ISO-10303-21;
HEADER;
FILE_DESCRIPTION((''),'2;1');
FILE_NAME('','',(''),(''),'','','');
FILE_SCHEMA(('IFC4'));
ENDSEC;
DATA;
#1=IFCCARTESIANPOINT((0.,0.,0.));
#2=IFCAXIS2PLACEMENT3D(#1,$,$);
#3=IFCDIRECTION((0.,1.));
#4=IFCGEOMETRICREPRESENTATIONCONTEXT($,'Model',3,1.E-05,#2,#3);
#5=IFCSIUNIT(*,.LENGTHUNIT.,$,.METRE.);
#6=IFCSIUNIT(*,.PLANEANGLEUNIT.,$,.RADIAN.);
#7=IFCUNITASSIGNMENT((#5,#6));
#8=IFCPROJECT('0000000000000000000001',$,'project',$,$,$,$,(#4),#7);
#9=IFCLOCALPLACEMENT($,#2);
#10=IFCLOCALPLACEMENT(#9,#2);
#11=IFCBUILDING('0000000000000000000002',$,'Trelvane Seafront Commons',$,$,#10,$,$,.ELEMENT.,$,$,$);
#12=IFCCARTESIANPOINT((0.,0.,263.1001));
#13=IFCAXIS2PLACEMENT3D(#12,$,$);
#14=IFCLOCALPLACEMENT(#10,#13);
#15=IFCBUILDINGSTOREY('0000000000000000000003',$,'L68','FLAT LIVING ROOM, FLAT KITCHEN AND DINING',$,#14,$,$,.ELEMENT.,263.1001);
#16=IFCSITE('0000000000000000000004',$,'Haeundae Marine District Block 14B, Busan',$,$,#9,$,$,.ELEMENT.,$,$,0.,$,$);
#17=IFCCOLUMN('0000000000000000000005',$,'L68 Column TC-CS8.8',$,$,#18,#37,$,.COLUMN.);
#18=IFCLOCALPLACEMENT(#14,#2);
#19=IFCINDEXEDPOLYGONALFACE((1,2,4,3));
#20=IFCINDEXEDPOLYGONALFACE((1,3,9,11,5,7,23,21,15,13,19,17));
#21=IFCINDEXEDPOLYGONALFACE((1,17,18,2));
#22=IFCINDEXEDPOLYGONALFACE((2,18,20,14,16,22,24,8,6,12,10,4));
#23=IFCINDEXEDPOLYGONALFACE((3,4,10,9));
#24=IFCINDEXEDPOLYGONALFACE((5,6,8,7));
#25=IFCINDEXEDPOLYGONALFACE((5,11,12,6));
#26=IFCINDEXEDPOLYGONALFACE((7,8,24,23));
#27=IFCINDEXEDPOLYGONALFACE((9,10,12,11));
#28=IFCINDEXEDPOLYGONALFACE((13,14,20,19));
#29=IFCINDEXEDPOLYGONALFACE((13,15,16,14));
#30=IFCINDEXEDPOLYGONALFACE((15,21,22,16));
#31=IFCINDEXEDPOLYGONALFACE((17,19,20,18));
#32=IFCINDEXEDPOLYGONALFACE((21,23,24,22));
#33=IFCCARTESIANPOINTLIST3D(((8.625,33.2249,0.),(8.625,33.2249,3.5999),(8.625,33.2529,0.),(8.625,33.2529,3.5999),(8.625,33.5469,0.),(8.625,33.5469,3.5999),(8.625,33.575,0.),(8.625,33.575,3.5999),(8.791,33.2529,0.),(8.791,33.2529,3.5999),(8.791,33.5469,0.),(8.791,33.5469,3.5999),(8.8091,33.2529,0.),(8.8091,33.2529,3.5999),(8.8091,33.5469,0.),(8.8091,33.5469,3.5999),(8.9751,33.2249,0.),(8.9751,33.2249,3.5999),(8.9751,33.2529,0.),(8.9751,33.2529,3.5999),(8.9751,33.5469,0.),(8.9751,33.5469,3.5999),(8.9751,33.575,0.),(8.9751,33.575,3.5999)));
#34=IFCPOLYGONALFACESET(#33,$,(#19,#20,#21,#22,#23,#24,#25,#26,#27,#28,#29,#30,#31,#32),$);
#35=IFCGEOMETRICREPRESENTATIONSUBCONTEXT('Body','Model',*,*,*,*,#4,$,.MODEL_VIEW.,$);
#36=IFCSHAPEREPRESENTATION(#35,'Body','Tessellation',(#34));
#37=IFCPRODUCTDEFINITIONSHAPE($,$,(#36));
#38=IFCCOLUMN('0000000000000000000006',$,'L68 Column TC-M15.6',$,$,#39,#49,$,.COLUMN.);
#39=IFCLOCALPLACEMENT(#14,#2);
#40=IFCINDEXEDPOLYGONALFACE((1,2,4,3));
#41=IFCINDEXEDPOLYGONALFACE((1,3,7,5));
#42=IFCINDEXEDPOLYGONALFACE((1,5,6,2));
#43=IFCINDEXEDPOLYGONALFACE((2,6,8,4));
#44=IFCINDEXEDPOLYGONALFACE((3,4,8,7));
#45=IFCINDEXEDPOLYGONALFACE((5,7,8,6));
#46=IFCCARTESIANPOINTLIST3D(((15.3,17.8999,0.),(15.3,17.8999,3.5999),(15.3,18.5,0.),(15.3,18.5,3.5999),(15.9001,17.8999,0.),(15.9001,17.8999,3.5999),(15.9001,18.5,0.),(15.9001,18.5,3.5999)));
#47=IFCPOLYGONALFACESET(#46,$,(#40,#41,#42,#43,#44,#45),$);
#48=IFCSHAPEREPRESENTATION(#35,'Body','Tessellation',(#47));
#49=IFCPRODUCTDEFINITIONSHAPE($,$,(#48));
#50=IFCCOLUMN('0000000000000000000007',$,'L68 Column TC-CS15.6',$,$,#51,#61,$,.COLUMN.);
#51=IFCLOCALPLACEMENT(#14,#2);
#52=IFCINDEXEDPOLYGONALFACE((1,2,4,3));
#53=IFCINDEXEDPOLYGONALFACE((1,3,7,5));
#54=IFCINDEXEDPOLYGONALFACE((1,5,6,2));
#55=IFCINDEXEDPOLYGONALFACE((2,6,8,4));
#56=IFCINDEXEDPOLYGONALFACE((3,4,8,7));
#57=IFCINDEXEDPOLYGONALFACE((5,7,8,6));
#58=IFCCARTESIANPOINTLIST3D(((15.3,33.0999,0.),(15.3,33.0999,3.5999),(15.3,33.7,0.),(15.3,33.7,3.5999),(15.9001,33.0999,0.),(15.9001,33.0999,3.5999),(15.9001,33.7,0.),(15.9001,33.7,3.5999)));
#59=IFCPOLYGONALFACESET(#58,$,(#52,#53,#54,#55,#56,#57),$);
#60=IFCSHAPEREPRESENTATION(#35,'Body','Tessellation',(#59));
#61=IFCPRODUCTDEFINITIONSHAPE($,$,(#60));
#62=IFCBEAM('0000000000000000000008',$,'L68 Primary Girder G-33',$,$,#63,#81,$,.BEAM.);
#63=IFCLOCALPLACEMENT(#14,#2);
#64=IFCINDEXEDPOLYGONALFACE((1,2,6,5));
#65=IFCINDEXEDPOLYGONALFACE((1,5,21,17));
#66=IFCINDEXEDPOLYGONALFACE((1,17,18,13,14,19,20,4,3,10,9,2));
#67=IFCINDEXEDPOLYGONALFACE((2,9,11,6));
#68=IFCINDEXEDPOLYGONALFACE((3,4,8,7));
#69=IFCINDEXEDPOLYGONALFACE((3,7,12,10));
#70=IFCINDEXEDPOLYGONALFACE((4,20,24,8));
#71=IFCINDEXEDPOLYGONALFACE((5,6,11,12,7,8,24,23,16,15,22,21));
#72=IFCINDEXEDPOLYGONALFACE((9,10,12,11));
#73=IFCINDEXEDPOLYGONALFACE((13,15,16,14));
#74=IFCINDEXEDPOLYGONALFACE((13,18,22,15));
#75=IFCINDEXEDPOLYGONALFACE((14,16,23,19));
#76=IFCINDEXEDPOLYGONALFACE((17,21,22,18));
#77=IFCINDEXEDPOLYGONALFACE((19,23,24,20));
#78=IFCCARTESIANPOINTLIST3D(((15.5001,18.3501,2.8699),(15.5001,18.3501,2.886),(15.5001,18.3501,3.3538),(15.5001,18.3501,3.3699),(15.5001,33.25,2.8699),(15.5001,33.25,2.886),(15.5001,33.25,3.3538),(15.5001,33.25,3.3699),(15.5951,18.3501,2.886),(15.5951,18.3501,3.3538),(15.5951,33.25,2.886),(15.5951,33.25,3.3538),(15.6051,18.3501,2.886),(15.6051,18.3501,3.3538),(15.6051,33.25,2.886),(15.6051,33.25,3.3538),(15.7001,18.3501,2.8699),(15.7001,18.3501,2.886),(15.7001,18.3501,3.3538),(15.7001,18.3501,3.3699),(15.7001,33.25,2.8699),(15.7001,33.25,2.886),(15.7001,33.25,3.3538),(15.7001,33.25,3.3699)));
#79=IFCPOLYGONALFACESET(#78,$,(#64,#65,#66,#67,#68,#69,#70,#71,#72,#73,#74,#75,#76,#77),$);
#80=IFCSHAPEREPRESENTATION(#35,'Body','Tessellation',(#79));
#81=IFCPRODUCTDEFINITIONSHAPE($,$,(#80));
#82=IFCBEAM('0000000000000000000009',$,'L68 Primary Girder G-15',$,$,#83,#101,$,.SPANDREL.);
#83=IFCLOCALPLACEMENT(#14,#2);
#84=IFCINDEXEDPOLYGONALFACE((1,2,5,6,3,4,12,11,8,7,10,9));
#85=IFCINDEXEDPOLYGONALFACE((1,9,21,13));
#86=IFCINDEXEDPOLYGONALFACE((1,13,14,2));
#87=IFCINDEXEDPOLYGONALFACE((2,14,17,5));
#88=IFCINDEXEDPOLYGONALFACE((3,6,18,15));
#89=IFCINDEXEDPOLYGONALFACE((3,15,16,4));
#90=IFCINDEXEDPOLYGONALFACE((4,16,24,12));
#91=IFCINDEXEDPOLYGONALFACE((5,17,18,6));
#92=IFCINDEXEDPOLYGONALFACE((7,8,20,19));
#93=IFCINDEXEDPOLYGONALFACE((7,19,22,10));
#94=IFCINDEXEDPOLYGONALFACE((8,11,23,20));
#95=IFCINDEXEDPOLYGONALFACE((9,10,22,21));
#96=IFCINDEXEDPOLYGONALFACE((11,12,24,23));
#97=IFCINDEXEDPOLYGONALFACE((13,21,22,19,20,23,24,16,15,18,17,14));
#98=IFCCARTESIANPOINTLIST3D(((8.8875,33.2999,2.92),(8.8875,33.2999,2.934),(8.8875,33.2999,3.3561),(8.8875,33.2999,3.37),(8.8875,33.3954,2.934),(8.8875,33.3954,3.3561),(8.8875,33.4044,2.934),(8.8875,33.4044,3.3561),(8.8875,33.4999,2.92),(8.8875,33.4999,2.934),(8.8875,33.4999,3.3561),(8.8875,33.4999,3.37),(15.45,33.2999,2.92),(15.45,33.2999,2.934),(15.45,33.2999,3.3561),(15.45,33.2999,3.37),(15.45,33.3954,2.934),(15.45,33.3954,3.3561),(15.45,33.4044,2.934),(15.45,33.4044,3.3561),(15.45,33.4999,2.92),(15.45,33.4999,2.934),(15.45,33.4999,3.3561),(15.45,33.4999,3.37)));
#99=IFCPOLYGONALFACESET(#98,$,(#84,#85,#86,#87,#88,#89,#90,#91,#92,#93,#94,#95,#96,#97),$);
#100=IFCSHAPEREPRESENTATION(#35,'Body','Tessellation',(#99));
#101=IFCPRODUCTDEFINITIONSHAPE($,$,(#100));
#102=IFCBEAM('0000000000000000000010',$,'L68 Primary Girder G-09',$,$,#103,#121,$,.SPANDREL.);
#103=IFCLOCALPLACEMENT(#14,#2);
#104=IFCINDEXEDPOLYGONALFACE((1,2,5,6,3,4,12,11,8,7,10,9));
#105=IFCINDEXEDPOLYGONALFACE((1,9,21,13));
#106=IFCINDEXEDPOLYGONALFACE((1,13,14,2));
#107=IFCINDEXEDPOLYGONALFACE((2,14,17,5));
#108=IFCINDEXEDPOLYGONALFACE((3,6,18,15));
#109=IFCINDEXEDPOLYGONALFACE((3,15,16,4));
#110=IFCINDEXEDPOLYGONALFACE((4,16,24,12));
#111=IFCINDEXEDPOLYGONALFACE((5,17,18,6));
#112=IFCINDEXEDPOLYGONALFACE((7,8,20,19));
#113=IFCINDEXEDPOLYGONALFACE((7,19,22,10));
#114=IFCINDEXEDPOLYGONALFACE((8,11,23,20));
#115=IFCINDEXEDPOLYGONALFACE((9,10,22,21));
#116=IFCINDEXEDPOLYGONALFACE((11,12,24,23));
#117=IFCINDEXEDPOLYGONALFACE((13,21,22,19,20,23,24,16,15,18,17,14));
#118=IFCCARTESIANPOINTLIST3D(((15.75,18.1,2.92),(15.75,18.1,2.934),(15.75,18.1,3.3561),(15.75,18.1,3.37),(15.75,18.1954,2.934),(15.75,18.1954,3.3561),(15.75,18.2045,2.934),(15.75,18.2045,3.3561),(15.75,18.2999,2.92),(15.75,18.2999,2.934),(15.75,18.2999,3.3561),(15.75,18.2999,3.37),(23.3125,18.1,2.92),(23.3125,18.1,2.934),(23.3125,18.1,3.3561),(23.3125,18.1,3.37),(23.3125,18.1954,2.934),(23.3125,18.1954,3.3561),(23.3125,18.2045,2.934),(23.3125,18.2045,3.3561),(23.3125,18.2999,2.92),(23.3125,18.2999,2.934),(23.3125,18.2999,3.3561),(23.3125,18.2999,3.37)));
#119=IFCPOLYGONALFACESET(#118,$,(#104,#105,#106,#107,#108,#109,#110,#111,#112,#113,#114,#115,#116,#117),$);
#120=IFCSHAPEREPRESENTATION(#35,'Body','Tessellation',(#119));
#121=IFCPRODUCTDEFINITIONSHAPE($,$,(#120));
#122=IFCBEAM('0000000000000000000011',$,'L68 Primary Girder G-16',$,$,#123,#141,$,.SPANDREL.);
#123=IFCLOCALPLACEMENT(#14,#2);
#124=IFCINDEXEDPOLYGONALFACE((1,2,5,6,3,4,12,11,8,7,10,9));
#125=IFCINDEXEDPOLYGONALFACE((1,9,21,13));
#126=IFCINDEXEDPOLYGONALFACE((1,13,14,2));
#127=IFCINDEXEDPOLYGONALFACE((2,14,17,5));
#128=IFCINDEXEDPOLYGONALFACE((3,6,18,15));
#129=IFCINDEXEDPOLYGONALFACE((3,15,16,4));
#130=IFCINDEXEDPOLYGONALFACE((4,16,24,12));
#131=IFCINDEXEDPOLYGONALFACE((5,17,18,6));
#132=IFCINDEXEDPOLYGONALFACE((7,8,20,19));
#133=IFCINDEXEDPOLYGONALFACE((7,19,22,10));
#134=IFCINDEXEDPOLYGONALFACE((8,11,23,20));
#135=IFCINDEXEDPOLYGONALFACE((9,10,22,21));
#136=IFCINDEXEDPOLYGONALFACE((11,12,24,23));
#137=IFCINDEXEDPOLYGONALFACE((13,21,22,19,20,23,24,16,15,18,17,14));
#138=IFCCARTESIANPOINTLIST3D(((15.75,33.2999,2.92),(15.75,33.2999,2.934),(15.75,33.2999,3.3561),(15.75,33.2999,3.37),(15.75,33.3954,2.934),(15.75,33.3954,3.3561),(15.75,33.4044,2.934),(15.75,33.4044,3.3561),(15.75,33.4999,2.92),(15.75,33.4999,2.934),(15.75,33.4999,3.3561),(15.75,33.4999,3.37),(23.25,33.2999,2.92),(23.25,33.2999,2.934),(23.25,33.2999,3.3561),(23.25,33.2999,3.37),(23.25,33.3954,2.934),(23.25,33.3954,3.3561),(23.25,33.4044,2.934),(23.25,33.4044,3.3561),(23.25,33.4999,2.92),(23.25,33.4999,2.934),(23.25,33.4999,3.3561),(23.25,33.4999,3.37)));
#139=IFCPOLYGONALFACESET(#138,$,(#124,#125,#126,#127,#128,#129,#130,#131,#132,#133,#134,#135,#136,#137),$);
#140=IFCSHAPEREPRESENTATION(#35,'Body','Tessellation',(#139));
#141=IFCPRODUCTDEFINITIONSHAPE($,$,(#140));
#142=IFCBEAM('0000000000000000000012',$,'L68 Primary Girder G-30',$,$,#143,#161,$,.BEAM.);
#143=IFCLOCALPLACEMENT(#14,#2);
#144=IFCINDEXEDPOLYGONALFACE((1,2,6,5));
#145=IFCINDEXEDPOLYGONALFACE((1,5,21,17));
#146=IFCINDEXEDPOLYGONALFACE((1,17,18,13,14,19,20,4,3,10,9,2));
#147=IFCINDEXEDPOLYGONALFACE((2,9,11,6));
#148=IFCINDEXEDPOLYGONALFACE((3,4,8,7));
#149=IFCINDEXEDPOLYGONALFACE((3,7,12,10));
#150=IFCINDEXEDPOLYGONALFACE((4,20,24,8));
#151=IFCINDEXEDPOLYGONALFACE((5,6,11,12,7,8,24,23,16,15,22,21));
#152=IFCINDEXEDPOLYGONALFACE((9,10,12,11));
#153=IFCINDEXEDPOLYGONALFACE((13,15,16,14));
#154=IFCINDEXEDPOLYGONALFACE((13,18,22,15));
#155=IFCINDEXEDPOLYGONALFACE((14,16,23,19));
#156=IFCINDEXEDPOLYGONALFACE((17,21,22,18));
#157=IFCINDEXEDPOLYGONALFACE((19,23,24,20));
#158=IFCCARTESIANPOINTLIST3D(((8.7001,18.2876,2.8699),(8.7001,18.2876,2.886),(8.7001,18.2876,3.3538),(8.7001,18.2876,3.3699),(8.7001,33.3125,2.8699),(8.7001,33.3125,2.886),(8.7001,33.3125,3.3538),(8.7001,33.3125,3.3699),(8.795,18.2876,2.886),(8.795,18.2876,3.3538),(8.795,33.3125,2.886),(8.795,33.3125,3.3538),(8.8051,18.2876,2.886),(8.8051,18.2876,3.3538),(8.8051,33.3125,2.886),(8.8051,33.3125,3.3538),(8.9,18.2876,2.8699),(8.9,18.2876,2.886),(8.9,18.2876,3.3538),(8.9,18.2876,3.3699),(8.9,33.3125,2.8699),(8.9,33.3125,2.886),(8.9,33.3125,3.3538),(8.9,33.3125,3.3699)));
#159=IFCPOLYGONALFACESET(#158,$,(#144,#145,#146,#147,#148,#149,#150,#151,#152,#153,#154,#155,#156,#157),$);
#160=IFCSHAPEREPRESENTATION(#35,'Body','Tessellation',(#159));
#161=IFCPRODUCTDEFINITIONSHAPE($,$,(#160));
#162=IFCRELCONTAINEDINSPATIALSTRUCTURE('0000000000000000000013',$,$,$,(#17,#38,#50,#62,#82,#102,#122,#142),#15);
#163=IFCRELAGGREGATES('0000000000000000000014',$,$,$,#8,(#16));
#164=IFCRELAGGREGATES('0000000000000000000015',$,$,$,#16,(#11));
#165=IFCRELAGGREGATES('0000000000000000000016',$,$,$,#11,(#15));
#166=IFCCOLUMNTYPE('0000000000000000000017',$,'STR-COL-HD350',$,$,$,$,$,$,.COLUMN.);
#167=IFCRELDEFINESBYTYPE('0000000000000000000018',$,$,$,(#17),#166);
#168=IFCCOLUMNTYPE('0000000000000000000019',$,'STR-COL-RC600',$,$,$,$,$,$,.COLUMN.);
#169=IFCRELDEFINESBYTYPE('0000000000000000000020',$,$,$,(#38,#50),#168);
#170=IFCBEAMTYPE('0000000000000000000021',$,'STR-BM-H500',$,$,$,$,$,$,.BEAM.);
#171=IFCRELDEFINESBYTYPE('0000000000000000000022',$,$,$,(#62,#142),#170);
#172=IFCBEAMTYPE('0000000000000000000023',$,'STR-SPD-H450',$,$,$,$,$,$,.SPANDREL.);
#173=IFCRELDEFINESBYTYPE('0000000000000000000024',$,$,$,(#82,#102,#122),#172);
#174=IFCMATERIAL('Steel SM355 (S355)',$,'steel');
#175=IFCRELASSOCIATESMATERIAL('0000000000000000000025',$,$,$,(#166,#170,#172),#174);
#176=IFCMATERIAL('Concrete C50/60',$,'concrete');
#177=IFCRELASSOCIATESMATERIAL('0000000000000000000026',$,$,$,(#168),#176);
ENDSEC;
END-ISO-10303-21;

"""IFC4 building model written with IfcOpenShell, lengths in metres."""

from ifc_helpers import new_model, si_unit, direction, frame, origin, origin_2d, place, context, subcontext, project, spatial, rectangle, i_section, extrude, source, transform, mapped, material, material_profile, profile_set, type_object, element, save


model = new_model("IFC4")

# Units and contexts
model_context = context("Model", 3, precision=1e-05, world=origin(), true_north=direction((0.0, 1.0)))
body_context = subcontext(model_context, "Body", "Model", "MODEL_VIEW")
ifc_project = project(units=[si_unit("LENGTHUNIT", "METRE"), si_unit("PLANEANGLEUNIT", "RADIAN")], contexts=[model_context])

# Site, building, storey
site_placement = place(None, origin())
site = spatial("IfcSite", under=ifc_project, at=site_placement, Name="Haeundae Marine District Block 14B, Busan", CompositionType="ELEMENT", RefElevation=0.0)
building_placement = place(site_placement, origin())
building = spatial("IfcBuilding", under=site, at=building_placement, Name="Trelvane Seafront Commons", CompositionType="ELEMENT")
storey_placement = place(building_placement, frame((0.0, 0.0, 263.1001)))
storey = spatial("IfcBuildingStorey", under=building, at=storey_placement, Name="L68", Description="FLAT LIVING ROOM, FLAT KITCHEN AND DINING", CompositionType="ELEMENT", Elevation=263.1001)

# Columns
ifc_material_1 = material(Name="Steel SM355 (S355)", Category="steel")
ifc_material_profile_1 = material_profile(ifc_material_1, i_section(OverallWidth=0.3501, OverallDepth=0.3501, WebThickness=0.0181, FlangeThickness=0.0281, at=origin_2d()), Name="HD-350x350x18x28")
ifc_profile_set_1 = profile_set([ifc_material_profile_1], Name="Steel SM355 (S355)")
column_type_1 = type_object("IfcColumnType", Name="STR-COL-HD350", PredefinedType="COLUMN", material=ifc_profile_set_1)
shared_shape_1 = source(origin(), body_context, "Body", "SweptSolid", [
    extrude(i_section(OverallWidth=0.3501, OverallDepth=0.3501, WebThickness=0.0181, FlangeThickness=0.0281, at=origin_2d()), origin(), (0.0, 0.0, 1.0), 3.5999),
])
column_placement = place(storey_placement, frame((8.8, 33.3999, 0.0), z_axis=(0.0, 0.0, 1.0), x_axis=(1.0, 0.0, 0.0)))
element("IfcColumn", 1, at=column_placement, inside=storey, type_object=column_type_1, Name="L68 Column TC-CS8.8", PredefinedType="COLUMN", context=body_context, shape_type="MappedRepresentation", body=[
    mapped(shared_shape_1, transform((0.0, 0.0, 0.0), x_axis=(1.0, 0.0, 0.0), y_axis=(0.0, 1.0, 0.0), z_axis=(0.0, 0.0, 1.0), scale=1.0)),
])
ifc_material_2 = material(Name="Concrete C50/60", Category="concrete")
ifc_material_profile_2 = material_profile(ifc_material_2, rectangle(XDim=0.6001, YDim=0.6001, at=origin_2d()), Name="RC-600x600")
ifc_profile_set_2 = profile_set([ifc_material_profile_2], Name="Concrete C50/60")
column_type_2 = type_object("IfcColumnType", Name="STR-COL-RC600", PredefinedType="COLUMN", material=ifc_profile_set_2)
shared_shape_2 = source(origin(), body_context, "Body", "SweptSolid", [
    extrude(rectangle(XDim=0.6001, YDim=0.6001, at=origin_2d()), origin(), (0.0, 0.0, 1.0), 3.5999),
])
for number, where, z_axis, x_axis, name in (
    (2, (15.6001, 18.2, 0.0), (0.0, 0.0, 1.0), (1.0, 0.0, 0.0), "L68 Column TC-M15.6"),
    (3, (15.6001, 33.3999, 0.0), (0.0, 0.0, 1.0), (1.0, 0.0, 0.0), "L68 Column TC-CS15.6"),
):
    element("IfcColumn", number, at=place(storey_placement, frame(where, z_axis=z_axis, x_axis=x_axis)), inside=storey, type_object=column_type_2, Name=name, PredefinedType="COLUMN", context=body_context, shape_type="MappedRepresentation", body=[
        mapped(shared_shape_2, transform((0.0, 0.0, 0.0), x_axis=(1.0, 0.0, 0.0), y_axis=(0.0, 1.0, 0.0), z_axis=(0.0, 0.0, 1.0), scale=1.0)),
    ])

# Beams
ifc_material_profile_3 = material_profile(ifc_material_1, i_section(OverallWidth=0.2, OverallDepth=0.5, WebThickness=0.01, FlangeThickness=0.0161, at=origin_2d()), Name="H-500x200x10x16")
ifc_profile_set_3 = profile_set([ifc_material_profile_3], Name="Steel SM355 (S355)")
beam_type_1 = type_object("IfcBeamType", Name="STR-BM-H500", PredefinedType="BEAM", material=ifc_profile_set_3)
shared_shape_3 = source(origin(), body_context, "Body", "SweptSolid", [
    extrude(i_section(OverallWidth=0.2, OverallDepth=0.5, WebThickness=0.01, FlangeThickness=0.0161, at=origin_2d()), origin(), (0.0, 0.0, 1.0), 14.8999),
])
beam_1_placement = place(storey_placement, frame((15.6001, 18.3501, 3.1199), z_axis=(0.0, 1.0, 0.0), x_axis=(-1.0, 0.0, 0.0)))
element("IfcBeam", 4, at=beam_1_placement, inside=storey, type_object=beam_type_1, Name="L68 Primary Girder G-33", PredefinedType="BEAM", context=body_context, shape_type="MappedRepresentation", body=[
    mapped(shared_shape_3, transform((0.0, 0.0, 0.0), x_axis=(1.0, 0.0, 0.0), y_axis=(0.0, 1.0, 0.0), z_axis=(0.0, 0.0, 1.0), scale=1.0)),
])
ifc_material_profile_4 = material_profile(ifc_material_1, i_section(OverallWidth=0.2, OverallDepth=0.45, WebThickness=0.009, FlangeThickness=0.0139, at=origin_2d()), Name="H-450x200x9x14")
ifc_profile_set_4 = profile_set([ifc_material_profile_4], Name="Steel SM355 (S355)")
beam_type_2 = type_object("IfcBeamType", Name="STR-SPD-H450", PredefinedType="SPANDREL", material=ifc_profile_set_4)
shared_shape_4 = source(origin(), body_context, "Body", "SweptSolid", [
    extrude(i_section(OverallWidth=0.2, OverallDepth=0.45, WebThickness=0.009, FlangeThickness=0.0139, at=origin_2d()), origin(), (0.0, 0.0, 1.0), 6.5625),
])
beam_2_placement = place(storey_placement, frame((8.8875, 33.3999, 3.145), z_axis=(1.0, 0.0, 0.0), x_axis=(0.0, 1.0, 0.0)))
element("IfcBeam", 5, at=beam_2_placement, inside=storey, type_object=beam_type_2, Name="L68 Primary Girder G-15", PredefinedType="SPANDREL", context=body_context, shape_type="MappedRepresentation", body=[
    mapped(shared_shape_4, transform((0.0, 0.0, 0.0), x_axis=(1.0, 0.0, 0.0), y_axis=(0.0, 1.0, 0.0), z_axis=(0.0, 0.0, 1.0), scale=1.0)),
])
shared_shape_5 = source(origin(), body_context, "Body", "SweptSolid", [
    extrude(i_section(OverallWidth=0.2, OverallDepth=0.45, WebThickness=0.009, FlangeThickness=0.0139, at=origin_2d()), origin(), (0.0, 0.0, 1.0), 7.5625),
])
beam_3_placement = place(storey_placement, frame((15.75, 18.2, 3.145), z_axis=(1.0, 0.0, 0.0), x_axis=(0.0, 1.0, 0.0)))
element("IfcBeam", 6, at=beam_3_placement, inside=storey, type_object=beam_type_2, Name="L68 Primary Girder G-09", PredefinedType="SPANDREL", context=body_context, shape_type="MappedRepresentation", body=[
    mapped(shared_shape_5, transform((0.0, 0.0, 0.0), x_axis=(1.0, 0.0, 0.0), y_axis=(0.0, 1.0, 0.0), z_axis=(0.0, 0.0, 1.0), scale=1.0)),
])
shared_shape_6 = source(origin(), body_context, "Body", "SweptSolid", [
    extrude(i_section(OverallWidth=0.2, OverallDepth=0.45, WebThickness=0.009, FlangeThickness=0.0139, at=origin_2d()), origin(), (0.0, 0.0, 1.0), 7.5),
])
beam_4_placement = place(storey_placement, frame((15.75, 33.3999, 3.145), z_axis=(1.0, 0.0, 0.0), x_axis=(0.0, 1.0, 0.0)))
element("IfcBeam", 7, at=beam_4_placement, inside=storey, type_object=beam_type_2, Name="L68 Primary Girder G-16", PredefinedType="SPANDREL", context=body_context, shape_type="MappedRepresentation", body=[
    mapped(shared_shape_6, transform((0.0, 0.0, 0.0), x_axis=(1.0, 0.0, 0.0), y_axis=(0.0, 1.0, 0.0), z_axis=(0.0, 0.0, 1.0), scale=1.0)),
])
shared_shape_7 = source(origin(), body_context, "Body", "SweptSolid", [
    extrude(i_section(OverallWidth=0.2, OverallDepth=0.5, WebThickness=0.01, FlangeThickness=0.0161, at=origin_2d()), origin(), (0.0, 0.0, 1.0), 15.0249),
])
beam_5_placement = place(storey_placement, frame((8.8, 18.2876, 3.1199), z_axis=(0.0, 1.0, 0.0), x_axis=(-1.0, 0.0, 0.0)))
element("IfcBeam", 8, at=beam_5_placement, inside=storey, type_object=beam_type_1, Name="L68 Primary Girder G-30", PredefinedType="BEAM", context=body_context, shape_type="MappedRepresentation", body=[
    mapped(shared_shape_7, transform((0.0, 0.0, 0.0), x_axis=(1.0, 0.0, 0.0), y_axis=(0.0, 1.0, 0.0), z_axis=(0.0, 0.0, 1.0), scale=1.0)),
])

save(model, "model.ifc")
